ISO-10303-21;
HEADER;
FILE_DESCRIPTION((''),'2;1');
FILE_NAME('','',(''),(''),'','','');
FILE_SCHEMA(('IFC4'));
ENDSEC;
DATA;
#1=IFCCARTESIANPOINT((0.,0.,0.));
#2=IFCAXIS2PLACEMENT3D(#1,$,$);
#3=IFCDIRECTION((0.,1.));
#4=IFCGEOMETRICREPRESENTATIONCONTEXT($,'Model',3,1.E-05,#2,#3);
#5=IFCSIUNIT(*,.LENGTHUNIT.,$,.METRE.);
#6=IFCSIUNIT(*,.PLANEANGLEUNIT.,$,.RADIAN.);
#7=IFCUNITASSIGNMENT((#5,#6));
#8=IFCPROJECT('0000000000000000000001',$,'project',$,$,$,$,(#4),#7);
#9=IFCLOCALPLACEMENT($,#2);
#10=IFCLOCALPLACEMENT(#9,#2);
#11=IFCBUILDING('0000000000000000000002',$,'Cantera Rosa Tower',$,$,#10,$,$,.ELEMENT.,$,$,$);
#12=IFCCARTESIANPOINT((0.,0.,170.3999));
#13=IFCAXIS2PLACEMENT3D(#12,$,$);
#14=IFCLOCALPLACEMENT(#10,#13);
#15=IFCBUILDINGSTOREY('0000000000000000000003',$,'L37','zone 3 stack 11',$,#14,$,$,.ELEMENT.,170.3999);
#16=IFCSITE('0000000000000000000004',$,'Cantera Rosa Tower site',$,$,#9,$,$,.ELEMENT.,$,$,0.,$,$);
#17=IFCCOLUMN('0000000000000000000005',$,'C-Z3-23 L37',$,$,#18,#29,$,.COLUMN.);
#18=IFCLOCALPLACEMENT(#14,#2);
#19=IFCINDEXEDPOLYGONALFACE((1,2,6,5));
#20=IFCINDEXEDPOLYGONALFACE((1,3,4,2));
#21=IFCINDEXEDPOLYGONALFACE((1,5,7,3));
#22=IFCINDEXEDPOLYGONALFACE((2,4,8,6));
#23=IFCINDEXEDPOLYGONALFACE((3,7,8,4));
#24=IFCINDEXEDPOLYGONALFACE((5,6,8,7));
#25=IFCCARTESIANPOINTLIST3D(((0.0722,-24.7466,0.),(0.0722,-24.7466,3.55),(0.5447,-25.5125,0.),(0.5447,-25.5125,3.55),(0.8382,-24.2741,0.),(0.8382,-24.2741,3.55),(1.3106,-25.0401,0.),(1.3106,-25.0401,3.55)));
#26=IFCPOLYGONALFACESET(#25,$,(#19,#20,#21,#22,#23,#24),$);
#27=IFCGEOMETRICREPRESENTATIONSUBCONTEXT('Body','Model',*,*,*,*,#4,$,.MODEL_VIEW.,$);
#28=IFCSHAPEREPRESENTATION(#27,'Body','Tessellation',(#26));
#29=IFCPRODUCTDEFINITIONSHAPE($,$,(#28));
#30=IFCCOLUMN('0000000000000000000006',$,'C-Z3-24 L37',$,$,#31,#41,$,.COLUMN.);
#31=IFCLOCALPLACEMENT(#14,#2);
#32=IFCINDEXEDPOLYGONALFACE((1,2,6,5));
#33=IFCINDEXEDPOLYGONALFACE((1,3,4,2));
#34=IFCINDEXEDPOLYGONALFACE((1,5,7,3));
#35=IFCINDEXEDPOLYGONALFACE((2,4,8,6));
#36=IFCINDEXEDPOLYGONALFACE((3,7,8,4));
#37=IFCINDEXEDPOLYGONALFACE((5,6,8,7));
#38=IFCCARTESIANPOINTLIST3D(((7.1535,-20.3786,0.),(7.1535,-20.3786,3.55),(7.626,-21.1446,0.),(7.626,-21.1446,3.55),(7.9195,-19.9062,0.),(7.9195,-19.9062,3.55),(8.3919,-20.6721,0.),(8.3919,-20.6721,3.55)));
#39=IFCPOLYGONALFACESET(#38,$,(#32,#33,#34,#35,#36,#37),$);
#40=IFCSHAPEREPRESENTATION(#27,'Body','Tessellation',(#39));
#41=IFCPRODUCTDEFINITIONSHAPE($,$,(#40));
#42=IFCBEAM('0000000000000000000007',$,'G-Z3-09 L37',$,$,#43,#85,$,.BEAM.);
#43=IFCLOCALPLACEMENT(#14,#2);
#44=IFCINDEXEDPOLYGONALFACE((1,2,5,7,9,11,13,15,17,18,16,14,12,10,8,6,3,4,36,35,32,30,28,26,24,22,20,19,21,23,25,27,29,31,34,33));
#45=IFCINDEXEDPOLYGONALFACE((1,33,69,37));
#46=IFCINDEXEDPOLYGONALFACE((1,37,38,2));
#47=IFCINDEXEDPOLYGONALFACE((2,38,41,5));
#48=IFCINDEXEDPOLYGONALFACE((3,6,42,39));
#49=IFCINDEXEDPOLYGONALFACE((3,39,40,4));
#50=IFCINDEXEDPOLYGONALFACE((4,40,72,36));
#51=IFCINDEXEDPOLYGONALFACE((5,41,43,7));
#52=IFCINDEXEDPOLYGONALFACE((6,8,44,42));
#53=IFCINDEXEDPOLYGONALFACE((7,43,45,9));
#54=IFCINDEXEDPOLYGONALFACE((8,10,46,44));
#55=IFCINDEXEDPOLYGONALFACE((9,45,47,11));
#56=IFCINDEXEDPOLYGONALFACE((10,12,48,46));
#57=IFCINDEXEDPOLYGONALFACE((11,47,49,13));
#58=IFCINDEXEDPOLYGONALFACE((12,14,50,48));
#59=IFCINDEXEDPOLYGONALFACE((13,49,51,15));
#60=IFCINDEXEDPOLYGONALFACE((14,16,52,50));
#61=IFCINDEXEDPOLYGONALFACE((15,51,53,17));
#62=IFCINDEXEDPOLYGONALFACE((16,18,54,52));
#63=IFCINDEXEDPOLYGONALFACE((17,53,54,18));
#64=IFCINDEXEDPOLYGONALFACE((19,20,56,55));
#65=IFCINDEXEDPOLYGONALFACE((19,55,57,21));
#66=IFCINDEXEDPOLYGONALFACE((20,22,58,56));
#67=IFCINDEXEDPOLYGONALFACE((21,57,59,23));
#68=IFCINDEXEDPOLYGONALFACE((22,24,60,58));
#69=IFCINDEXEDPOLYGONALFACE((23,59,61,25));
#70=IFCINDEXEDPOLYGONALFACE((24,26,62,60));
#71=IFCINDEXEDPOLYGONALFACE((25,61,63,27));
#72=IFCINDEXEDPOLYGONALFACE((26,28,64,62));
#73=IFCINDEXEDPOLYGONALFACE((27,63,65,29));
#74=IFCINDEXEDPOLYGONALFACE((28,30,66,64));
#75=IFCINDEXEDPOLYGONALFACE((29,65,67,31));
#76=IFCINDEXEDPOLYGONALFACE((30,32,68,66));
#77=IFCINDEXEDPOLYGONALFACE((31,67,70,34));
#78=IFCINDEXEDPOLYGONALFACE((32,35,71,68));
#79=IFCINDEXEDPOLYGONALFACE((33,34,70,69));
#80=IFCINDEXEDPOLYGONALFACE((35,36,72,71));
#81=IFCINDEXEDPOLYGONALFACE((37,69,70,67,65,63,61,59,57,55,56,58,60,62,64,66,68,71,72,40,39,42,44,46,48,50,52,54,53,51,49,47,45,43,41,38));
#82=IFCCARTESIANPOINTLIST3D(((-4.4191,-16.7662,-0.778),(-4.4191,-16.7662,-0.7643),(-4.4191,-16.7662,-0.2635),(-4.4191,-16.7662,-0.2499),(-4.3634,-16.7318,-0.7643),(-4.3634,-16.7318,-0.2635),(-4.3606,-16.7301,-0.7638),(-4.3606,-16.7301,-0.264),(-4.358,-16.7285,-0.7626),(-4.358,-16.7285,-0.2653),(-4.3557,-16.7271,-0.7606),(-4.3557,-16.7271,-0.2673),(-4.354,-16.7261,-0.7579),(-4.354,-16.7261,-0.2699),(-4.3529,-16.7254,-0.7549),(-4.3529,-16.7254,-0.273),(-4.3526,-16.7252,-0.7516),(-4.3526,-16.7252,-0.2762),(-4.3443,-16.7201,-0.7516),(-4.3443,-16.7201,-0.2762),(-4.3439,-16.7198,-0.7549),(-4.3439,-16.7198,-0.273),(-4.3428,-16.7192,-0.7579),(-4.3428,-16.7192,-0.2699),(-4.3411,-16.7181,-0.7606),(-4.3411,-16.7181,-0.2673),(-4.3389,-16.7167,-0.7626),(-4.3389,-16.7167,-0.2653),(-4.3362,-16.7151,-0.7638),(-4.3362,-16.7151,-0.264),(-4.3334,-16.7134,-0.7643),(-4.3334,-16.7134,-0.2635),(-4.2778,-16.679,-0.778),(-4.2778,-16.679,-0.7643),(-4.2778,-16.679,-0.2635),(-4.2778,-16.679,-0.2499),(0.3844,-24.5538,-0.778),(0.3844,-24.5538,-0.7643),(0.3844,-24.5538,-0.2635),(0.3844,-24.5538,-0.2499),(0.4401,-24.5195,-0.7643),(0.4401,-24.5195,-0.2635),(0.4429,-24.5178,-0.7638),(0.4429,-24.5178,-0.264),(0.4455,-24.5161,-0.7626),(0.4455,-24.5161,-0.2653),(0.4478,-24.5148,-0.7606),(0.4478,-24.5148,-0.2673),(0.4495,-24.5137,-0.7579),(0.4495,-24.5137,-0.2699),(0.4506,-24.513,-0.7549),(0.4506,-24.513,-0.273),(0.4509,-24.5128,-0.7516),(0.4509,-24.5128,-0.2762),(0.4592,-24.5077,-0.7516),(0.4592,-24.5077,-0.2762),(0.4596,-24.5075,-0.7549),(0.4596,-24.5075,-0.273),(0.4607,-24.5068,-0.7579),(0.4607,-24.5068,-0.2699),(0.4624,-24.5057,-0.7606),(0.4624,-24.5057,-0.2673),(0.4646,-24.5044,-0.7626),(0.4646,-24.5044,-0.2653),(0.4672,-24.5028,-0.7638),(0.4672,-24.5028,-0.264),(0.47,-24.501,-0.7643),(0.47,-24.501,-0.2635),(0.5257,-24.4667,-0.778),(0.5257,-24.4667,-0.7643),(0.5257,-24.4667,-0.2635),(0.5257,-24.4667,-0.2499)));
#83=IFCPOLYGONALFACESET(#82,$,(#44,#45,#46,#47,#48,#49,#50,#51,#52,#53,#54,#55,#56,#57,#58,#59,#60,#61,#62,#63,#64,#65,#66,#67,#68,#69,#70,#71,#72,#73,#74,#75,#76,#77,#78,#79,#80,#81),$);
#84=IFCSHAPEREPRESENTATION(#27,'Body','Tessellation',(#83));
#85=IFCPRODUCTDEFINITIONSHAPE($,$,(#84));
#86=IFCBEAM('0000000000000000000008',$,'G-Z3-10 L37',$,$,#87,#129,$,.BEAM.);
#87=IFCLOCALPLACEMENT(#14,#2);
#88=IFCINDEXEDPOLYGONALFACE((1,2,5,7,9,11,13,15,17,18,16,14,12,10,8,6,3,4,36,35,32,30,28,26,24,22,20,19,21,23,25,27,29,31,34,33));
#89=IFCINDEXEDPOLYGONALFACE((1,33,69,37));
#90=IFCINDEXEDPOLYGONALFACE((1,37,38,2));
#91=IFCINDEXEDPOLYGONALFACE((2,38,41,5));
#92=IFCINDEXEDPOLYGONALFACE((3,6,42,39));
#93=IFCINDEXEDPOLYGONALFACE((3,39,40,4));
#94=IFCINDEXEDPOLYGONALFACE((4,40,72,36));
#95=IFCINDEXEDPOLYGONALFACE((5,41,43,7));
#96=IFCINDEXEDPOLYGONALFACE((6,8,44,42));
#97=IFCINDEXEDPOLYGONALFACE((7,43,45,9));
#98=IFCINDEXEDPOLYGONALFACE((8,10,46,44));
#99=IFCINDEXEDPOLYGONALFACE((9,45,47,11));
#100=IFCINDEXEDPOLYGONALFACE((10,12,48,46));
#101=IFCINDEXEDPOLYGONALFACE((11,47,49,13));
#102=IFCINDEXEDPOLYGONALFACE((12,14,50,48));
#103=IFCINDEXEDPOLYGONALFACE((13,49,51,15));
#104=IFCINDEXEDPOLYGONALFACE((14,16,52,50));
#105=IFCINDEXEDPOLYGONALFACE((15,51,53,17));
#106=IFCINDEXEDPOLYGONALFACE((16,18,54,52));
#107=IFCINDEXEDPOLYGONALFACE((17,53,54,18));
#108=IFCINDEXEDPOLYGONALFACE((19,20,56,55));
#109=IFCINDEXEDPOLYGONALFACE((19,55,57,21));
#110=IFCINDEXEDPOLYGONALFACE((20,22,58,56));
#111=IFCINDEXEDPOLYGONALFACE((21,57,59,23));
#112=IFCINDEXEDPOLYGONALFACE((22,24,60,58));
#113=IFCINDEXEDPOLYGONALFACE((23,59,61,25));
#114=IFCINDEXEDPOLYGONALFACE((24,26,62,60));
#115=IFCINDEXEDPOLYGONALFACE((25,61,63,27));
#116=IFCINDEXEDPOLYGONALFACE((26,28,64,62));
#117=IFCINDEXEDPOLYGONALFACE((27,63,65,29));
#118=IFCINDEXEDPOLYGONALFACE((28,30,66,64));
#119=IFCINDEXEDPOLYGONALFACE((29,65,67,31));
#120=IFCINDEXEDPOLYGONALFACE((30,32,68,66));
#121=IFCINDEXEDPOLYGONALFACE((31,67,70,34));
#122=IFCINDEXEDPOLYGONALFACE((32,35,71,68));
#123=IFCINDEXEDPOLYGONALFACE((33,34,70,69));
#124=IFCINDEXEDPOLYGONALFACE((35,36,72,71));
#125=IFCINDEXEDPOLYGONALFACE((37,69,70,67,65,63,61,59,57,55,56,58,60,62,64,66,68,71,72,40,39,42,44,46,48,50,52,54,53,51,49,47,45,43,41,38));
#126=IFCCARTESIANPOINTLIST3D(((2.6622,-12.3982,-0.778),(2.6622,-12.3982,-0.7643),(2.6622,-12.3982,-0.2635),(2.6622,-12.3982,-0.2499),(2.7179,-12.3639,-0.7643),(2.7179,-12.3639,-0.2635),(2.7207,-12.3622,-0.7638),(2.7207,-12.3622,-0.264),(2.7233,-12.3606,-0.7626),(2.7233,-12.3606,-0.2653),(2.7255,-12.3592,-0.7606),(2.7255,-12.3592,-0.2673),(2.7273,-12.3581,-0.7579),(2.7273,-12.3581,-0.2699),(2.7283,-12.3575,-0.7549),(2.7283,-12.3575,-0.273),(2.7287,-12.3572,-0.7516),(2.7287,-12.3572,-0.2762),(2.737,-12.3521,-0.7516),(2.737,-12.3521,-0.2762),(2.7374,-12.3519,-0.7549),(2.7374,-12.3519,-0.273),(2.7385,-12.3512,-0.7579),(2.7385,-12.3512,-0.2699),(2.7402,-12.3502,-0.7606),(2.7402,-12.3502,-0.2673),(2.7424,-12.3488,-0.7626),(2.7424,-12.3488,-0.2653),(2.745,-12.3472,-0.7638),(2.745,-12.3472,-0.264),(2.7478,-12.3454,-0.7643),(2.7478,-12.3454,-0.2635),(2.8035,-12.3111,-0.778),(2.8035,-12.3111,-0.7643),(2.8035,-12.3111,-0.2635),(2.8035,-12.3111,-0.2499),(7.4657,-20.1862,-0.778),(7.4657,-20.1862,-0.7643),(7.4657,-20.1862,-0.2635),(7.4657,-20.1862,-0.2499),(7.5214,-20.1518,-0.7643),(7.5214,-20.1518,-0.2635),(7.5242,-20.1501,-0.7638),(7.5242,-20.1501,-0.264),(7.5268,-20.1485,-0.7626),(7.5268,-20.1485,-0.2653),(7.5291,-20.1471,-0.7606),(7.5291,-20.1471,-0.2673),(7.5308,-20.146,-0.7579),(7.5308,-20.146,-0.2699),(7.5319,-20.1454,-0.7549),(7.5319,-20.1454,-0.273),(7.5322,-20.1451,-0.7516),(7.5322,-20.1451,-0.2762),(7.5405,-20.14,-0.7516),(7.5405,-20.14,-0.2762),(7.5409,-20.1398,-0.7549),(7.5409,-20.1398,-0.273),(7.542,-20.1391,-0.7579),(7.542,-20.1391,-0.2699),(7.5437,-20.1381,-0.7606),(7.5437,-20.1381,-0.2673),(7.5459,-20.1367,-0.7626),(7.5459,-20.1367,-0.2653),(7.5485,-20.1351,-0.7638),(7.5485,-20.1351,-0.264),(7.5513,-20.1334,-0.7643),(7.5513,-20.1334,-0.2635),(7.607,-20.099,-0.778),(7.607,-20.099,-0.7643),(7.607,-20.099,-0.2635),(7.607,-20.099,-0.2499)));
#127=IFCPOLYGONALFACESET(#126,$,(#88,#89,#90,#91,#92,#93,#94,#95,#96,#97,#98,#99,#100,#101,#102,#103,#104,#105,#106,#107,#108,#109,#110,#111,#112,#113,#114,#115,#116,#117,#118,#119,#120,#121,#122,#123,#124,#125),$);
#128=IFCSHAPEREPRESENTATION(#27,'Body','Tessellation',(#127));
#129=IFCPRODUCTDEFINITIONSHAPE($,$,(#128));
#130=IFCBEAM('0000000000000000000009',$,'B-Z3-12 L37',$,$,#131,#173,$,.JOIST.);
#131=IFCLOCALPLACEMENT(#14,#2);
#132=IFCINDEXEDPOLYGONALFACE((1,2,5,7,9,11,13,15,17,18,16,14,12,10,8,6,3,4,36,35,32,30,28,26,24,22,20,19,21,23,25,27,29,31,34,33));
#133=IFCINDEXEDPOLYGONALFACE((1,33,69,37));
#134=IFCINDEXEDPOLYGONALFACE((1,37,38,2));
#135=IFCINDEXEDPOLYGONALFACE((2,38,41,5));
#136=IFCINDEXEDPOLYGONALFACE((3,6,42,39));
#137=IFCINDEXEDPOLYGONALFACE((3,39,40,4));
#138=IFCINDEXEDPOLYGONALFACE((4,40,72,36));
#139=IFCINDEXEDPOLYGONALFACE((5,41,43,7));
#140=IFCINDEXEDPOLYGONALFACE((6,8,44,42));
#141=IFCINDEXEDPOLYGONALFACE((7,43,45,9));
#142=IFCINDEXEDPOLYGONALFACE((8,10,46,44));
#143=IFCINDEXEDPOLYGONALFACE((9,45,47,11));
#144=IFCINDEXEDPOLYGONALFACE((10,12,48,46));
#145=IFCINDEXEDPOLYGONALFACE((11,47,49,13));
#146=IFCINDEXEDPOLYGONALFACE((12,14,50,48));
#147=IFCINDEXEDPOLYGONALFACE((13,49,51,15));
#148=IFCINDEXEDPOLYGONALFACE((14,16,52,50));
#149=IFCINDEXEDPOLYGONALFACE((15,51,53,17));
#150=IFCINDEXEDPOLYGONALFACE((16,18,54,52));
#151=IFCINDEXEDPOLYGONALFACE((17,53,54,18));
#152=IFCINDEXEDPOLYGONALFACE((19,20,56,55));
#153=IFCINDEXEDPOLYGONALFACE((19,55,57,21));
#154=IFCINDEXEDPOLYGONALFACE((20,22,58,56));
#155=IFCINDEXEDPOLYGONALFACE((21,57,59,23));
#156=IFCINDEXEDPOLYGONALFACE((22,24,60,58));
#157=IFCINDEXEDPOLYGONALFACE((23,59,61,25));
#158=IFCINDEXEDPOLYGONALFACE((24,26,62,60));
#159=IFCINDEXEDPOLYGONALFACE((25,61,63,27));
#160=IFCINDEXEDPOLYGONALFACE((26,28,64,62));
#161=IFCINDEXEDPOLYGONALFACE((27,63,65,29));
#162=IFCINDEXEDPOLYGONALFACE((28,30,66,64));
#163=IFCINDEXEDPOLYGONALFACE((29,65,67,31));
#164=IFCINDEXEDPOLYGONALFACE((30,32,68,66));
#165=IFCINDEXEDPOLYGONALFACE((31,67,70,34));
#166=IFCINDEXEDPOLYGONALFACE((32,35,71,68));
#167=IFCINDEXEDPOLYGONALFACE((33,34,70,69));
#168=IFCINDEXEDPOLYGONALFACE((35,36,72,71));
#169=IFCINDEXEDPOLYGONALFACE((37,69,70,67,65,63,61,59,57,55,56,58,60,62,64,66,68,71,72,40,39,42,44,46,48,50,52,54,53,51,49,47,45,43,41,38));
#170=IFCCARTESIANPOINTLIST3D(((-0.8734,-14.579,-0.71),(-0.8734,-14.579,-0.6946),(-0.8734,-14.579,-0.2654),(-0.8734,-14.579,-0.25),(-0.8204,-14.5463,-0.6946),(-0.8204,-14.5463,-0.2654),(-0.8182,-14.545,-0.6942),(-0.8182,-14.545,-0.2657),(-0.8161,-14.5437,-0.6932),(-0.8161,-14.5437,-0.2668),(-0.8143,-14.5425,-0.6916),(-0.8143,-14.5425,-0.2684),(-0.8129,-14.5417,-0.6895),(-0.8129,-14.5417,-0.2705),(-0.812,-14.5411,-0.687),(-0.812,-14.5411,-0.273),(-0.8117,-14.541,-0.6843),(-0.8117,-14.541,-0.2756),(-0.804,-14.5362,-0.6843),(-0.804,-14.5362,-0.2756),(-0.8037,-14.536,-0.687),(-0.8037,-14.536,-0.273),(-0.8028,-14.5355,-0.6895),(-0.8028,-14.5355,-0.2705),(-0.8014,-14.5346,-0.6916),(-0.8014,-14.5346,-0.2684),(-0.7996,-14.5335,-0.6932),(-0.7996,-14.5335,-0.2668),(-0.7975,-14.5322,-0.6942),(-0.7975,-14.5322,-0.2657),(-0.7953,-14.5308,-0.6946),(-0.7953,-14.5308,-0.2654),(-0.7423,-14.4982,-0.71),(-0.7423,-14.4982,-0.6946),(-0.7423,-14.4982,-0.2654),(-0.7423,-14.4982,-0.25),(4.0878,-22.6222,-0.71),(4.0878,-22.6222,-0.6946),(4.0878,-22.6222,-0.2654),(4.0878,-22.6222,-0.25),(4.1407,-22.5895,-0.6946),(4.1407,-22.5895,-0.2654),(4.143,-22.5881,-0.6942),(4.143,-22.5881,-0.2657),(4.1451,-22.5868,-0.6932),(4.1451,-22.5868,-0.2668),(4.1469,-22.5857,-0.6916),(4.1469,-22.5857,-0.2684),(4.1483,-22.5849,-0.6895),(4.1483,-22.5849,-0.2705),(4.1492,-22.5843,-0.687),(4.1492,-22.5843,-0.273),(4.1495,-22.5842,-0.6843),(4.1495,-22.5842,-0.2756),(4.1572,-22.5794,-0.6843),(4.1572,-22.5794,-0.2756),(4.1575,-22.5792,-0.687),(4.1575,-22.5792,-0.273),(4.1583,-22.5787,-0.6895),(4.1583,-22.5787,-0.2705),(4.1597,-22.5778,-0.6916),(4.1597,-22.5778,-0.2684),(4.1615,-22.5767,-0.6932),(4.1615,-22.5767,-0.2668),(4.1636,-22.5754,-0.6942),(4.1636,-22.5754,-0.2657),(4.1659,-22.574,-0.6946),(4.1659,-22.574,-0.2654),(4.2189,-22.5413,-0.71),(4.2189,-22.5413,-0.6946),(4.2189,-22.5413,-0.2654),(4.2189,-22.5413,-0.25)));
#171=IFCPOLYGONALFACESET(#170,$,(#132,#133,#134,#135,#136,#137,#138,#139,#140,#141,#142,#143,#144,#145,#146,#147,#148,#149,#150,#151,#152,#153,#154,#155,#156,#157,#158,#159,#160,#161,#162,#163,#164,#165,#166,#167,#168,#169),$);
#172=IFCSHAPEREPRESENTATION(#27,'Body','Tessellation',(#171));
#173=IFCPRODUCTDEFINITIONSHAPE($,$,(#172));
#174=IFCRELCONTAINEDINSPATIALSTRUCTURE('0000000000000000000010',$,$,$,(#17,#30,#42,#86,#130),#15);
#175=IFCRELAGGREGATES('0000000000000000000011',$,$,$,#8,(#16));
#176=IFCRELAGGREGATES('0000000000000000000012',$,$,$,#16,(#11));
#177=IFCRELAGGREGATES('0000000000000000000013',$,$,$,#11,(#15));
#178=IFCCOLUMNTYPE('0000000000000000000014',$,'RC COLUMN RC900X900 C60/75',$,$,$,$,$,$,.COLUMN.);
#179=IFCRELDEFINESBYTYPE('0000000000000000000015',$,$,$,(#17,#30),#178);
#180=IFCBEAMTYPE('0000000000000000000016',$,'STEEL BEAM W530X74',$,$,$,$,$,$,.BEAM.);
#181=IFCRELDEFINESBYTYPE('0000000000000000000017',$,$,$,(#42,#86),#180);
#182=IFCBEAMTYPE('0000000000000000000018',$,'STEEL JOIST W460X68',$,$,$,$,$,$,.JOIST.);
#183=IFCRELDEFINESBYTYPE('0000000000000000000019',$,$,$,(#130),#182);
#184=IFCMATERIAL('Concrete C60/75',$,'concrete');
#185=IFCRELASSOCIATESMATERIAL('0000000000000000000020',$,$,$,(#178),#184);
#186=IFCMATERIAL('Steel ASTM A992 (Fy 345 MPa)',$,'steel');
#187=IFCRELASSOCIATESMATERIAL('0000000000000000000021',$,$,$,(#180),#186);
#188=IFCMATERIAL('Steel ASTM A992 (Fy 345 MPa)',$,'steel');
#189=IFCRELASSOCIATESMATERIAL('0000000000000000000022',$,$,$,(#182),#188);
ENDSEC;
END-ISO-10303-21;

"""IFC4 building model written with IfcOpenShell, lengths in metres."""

from ifc_helpers import new_model, si_unit, direction, frame, origin, origin_2d, place, context, subcontext, project, spatial, rectangle, i_section, extrude, material, material_profile, profile_set, type_object, element, save


model = new_model("IFC4")

# Units and contexts
model_context = context("Model", 3, precision=1e-05, world=origin(), true_north=direction((0.0, 1.0)))
body_context = subcontext(model_context, "Body", "Model", "MODEL_VIEW")
ifc_project = project(units=[si_unit("LENGTHUNIT", "METRE"), si_unit("PLANEANGLEUNIT", "RADIAN")], contexts=[model_context])

# Site, building, storey
site_placement = place(None, origin())
site = spatial("IfcSite", under=ifc_project, at=site_placement, Name="Cantera Rosa Tower site", CompositionType="ELEMENT", RefElevation=0.0)
building_placement = place(site_placement, origin())
building = spatial("IfcBuilding", under=site, at=building_placement, Name="Cantera Rosa Tower", CompositionType="ELEMENT")
storey_placement = place(building_placement, frame((0.0, 0.0, 170.3999)))
storey = spatial("IfcBuildingStorey", under=building, at=storey_placement, Name="L37", Description="zone 3 stack 11", CompositionType="ELEMENT", Elevation=170.3999)

# Columns
ifc_material_1 = material(Name="Concrete C60/75", Category="concrete")
ifc_material_profile_1 = material_profile(ifc_material_1, rectangle(XDim=0.8999, YDim=0.8999, at=origin_2d()), Name="RC COLUMN RC900X900 C60/75")
ifc_profile_set_1 = profile_set([ifc_material_profile_1], Name="Concrete C60/75")
column_type = type_object("IfcColumnType", Name="RC COLUMN RC900X900 C60/75", PredefinedType="COLUMN", material=ifc_profile_set_1)
for number, where, z_axis, x_axis, name in (
    (1, (0.6914, -24.8933, 0.0), (0.0, 0.0, 1.0), (0.851117, 0.524977, 0.0), "C-Z3-23 L37"),
    (2, (7.7727, -20.5254, 0.0), (0.0, 0.0, 1.0), (0.851117, 0.524977, 0.0), "C-Z3-24 L37"),
):
    element("IfcColumn", number, at=place(storey_placement, frame(where, z_axis=z_axis, x_axis=x_axis)), inside=storey, type_object=column_type, Name=name, PredefinedType="COLUMN", context=body_context, shape_type="SweptSolid", body=[
        extrude(rectangle(XDim=0.8999, YDim=0.8999, at=origin_2d()), origin(), (0.0, 0.0, 1.0), 3.55),
    ])

# Beams
ifc_material_2 = material(Name="Steel ASTM A992 (Fy 345 MPa)", Category="steel")
ifc_material_profile_2 = material_profile(ifc_material_2, i_section(OverallWidth=0.166, OverallDepth=0.5281, WebThickness=0.0098, FlangeThickness=0.0137, FilletRadius=0.0127, at=origin_2d()), Name="W530X74")
ifc_profile_set_2 = profile_set([ifc_material_profile_2], Name="Steel ASTM A992 (Fy 345 MPa)")
beam_type_1 = type_object("IfcBeamType", Name="STEEL BEAM W530X74", PredefinedType="BEAM", material=ifc_profile_set_2)
beam_1_placement = place(storey_placement, frame((0.4551, -24.5103, -0.5139), z_axis=(-0.524977, 0.851116, 0.0), x_axis=(-0.851116, -0.524977, 0.0)))
element("IfcBeam", 3, at=beam_1_placement, inside=storey, type_object=beam_type_1, Name="G-Z3-09 L37", PredefinedType="BEAM", context=body_context, shape_type="SweptSolid", body=[
    extrude(i_section(OverallWidth=0.166, OverallDepth=0.5281, WebThickness=0.0098, FlangeThickness=0.0137, FilletRadius=0.0127, at=origin_2d()), origin(), (0.0, 0.0, 1.0), 9.1499),
])
beam_2_placement = place(storey_placement, frame((7.5364, -20.1426, -0.5139), z_axis=(-0.524965, 0.851124, 0.0), x_axis=(-0.851124, -0.524965, 0.0)))
element("IfcBeam", 4, at=beam_2_placement, inside=storey, type_object=beam_type_1, Name="G-Z3-10 L37", PredefinedType="BEAM", context=body_context, shape_type="SweptSolid", body=[
    extrude(i_section(OverallWidth=0.166, OverallDepth=0.5281, WebThickness=0.0098, FlangeThickness=0.0137, FilletRadius=0.0127, at=origin_2d()), origin(), (0.0, 0.0, 1.0), 9.1501),
])
ifc_material_3 = material(Name="Steel ASTM A992 (Fy 345 MPa)", Category="steel")
ifc_material_profile_3 = material_profile(ifc_material_3, i_section(OverallWidth=0.1541, OverallDepth=0.46, WebThickness=0.009, FlangeThickness=0.0154, FilletRadius=0.0103, at=origin_2d()), Name="W460X68")
ifc_profile_set_3 = profile_set([ifc_material_profile_3], Name="Steel ASTM A992 (Fy 345 MPa)")
beam_type_2 = type_object("IfcBeamType", Name="STEEL JOIST W460X68", PredefinedType="JOIST", material=ifc_profile_set_3)
beam_3_placement = place(storey_placement, frame((4.1533, -22.5818, -0.48), z_axis=(-0.524981, 0.851114, 0.0), x_axis=(-0.851114, -0.524981, 0.0)))
element("IfcBeam", 5, at=beam_3_placement, inside=storey, type_object=beam_type_2, Name="B-Z3-12 L37", PredefinedType="JOIST", context=body_context, shape_type="SweptSolid", body=[
    extrude(i_section(OverallWidth=0.1541, OverallDepth=0.46, WebThickness=0.009, FlangeThickness=0.0154, FilletRadius=0.0103, at=origin_2d()), origin(), (0.0, 0.0, 1.0), 9.4502),
])

save(model, "model.ifc")
